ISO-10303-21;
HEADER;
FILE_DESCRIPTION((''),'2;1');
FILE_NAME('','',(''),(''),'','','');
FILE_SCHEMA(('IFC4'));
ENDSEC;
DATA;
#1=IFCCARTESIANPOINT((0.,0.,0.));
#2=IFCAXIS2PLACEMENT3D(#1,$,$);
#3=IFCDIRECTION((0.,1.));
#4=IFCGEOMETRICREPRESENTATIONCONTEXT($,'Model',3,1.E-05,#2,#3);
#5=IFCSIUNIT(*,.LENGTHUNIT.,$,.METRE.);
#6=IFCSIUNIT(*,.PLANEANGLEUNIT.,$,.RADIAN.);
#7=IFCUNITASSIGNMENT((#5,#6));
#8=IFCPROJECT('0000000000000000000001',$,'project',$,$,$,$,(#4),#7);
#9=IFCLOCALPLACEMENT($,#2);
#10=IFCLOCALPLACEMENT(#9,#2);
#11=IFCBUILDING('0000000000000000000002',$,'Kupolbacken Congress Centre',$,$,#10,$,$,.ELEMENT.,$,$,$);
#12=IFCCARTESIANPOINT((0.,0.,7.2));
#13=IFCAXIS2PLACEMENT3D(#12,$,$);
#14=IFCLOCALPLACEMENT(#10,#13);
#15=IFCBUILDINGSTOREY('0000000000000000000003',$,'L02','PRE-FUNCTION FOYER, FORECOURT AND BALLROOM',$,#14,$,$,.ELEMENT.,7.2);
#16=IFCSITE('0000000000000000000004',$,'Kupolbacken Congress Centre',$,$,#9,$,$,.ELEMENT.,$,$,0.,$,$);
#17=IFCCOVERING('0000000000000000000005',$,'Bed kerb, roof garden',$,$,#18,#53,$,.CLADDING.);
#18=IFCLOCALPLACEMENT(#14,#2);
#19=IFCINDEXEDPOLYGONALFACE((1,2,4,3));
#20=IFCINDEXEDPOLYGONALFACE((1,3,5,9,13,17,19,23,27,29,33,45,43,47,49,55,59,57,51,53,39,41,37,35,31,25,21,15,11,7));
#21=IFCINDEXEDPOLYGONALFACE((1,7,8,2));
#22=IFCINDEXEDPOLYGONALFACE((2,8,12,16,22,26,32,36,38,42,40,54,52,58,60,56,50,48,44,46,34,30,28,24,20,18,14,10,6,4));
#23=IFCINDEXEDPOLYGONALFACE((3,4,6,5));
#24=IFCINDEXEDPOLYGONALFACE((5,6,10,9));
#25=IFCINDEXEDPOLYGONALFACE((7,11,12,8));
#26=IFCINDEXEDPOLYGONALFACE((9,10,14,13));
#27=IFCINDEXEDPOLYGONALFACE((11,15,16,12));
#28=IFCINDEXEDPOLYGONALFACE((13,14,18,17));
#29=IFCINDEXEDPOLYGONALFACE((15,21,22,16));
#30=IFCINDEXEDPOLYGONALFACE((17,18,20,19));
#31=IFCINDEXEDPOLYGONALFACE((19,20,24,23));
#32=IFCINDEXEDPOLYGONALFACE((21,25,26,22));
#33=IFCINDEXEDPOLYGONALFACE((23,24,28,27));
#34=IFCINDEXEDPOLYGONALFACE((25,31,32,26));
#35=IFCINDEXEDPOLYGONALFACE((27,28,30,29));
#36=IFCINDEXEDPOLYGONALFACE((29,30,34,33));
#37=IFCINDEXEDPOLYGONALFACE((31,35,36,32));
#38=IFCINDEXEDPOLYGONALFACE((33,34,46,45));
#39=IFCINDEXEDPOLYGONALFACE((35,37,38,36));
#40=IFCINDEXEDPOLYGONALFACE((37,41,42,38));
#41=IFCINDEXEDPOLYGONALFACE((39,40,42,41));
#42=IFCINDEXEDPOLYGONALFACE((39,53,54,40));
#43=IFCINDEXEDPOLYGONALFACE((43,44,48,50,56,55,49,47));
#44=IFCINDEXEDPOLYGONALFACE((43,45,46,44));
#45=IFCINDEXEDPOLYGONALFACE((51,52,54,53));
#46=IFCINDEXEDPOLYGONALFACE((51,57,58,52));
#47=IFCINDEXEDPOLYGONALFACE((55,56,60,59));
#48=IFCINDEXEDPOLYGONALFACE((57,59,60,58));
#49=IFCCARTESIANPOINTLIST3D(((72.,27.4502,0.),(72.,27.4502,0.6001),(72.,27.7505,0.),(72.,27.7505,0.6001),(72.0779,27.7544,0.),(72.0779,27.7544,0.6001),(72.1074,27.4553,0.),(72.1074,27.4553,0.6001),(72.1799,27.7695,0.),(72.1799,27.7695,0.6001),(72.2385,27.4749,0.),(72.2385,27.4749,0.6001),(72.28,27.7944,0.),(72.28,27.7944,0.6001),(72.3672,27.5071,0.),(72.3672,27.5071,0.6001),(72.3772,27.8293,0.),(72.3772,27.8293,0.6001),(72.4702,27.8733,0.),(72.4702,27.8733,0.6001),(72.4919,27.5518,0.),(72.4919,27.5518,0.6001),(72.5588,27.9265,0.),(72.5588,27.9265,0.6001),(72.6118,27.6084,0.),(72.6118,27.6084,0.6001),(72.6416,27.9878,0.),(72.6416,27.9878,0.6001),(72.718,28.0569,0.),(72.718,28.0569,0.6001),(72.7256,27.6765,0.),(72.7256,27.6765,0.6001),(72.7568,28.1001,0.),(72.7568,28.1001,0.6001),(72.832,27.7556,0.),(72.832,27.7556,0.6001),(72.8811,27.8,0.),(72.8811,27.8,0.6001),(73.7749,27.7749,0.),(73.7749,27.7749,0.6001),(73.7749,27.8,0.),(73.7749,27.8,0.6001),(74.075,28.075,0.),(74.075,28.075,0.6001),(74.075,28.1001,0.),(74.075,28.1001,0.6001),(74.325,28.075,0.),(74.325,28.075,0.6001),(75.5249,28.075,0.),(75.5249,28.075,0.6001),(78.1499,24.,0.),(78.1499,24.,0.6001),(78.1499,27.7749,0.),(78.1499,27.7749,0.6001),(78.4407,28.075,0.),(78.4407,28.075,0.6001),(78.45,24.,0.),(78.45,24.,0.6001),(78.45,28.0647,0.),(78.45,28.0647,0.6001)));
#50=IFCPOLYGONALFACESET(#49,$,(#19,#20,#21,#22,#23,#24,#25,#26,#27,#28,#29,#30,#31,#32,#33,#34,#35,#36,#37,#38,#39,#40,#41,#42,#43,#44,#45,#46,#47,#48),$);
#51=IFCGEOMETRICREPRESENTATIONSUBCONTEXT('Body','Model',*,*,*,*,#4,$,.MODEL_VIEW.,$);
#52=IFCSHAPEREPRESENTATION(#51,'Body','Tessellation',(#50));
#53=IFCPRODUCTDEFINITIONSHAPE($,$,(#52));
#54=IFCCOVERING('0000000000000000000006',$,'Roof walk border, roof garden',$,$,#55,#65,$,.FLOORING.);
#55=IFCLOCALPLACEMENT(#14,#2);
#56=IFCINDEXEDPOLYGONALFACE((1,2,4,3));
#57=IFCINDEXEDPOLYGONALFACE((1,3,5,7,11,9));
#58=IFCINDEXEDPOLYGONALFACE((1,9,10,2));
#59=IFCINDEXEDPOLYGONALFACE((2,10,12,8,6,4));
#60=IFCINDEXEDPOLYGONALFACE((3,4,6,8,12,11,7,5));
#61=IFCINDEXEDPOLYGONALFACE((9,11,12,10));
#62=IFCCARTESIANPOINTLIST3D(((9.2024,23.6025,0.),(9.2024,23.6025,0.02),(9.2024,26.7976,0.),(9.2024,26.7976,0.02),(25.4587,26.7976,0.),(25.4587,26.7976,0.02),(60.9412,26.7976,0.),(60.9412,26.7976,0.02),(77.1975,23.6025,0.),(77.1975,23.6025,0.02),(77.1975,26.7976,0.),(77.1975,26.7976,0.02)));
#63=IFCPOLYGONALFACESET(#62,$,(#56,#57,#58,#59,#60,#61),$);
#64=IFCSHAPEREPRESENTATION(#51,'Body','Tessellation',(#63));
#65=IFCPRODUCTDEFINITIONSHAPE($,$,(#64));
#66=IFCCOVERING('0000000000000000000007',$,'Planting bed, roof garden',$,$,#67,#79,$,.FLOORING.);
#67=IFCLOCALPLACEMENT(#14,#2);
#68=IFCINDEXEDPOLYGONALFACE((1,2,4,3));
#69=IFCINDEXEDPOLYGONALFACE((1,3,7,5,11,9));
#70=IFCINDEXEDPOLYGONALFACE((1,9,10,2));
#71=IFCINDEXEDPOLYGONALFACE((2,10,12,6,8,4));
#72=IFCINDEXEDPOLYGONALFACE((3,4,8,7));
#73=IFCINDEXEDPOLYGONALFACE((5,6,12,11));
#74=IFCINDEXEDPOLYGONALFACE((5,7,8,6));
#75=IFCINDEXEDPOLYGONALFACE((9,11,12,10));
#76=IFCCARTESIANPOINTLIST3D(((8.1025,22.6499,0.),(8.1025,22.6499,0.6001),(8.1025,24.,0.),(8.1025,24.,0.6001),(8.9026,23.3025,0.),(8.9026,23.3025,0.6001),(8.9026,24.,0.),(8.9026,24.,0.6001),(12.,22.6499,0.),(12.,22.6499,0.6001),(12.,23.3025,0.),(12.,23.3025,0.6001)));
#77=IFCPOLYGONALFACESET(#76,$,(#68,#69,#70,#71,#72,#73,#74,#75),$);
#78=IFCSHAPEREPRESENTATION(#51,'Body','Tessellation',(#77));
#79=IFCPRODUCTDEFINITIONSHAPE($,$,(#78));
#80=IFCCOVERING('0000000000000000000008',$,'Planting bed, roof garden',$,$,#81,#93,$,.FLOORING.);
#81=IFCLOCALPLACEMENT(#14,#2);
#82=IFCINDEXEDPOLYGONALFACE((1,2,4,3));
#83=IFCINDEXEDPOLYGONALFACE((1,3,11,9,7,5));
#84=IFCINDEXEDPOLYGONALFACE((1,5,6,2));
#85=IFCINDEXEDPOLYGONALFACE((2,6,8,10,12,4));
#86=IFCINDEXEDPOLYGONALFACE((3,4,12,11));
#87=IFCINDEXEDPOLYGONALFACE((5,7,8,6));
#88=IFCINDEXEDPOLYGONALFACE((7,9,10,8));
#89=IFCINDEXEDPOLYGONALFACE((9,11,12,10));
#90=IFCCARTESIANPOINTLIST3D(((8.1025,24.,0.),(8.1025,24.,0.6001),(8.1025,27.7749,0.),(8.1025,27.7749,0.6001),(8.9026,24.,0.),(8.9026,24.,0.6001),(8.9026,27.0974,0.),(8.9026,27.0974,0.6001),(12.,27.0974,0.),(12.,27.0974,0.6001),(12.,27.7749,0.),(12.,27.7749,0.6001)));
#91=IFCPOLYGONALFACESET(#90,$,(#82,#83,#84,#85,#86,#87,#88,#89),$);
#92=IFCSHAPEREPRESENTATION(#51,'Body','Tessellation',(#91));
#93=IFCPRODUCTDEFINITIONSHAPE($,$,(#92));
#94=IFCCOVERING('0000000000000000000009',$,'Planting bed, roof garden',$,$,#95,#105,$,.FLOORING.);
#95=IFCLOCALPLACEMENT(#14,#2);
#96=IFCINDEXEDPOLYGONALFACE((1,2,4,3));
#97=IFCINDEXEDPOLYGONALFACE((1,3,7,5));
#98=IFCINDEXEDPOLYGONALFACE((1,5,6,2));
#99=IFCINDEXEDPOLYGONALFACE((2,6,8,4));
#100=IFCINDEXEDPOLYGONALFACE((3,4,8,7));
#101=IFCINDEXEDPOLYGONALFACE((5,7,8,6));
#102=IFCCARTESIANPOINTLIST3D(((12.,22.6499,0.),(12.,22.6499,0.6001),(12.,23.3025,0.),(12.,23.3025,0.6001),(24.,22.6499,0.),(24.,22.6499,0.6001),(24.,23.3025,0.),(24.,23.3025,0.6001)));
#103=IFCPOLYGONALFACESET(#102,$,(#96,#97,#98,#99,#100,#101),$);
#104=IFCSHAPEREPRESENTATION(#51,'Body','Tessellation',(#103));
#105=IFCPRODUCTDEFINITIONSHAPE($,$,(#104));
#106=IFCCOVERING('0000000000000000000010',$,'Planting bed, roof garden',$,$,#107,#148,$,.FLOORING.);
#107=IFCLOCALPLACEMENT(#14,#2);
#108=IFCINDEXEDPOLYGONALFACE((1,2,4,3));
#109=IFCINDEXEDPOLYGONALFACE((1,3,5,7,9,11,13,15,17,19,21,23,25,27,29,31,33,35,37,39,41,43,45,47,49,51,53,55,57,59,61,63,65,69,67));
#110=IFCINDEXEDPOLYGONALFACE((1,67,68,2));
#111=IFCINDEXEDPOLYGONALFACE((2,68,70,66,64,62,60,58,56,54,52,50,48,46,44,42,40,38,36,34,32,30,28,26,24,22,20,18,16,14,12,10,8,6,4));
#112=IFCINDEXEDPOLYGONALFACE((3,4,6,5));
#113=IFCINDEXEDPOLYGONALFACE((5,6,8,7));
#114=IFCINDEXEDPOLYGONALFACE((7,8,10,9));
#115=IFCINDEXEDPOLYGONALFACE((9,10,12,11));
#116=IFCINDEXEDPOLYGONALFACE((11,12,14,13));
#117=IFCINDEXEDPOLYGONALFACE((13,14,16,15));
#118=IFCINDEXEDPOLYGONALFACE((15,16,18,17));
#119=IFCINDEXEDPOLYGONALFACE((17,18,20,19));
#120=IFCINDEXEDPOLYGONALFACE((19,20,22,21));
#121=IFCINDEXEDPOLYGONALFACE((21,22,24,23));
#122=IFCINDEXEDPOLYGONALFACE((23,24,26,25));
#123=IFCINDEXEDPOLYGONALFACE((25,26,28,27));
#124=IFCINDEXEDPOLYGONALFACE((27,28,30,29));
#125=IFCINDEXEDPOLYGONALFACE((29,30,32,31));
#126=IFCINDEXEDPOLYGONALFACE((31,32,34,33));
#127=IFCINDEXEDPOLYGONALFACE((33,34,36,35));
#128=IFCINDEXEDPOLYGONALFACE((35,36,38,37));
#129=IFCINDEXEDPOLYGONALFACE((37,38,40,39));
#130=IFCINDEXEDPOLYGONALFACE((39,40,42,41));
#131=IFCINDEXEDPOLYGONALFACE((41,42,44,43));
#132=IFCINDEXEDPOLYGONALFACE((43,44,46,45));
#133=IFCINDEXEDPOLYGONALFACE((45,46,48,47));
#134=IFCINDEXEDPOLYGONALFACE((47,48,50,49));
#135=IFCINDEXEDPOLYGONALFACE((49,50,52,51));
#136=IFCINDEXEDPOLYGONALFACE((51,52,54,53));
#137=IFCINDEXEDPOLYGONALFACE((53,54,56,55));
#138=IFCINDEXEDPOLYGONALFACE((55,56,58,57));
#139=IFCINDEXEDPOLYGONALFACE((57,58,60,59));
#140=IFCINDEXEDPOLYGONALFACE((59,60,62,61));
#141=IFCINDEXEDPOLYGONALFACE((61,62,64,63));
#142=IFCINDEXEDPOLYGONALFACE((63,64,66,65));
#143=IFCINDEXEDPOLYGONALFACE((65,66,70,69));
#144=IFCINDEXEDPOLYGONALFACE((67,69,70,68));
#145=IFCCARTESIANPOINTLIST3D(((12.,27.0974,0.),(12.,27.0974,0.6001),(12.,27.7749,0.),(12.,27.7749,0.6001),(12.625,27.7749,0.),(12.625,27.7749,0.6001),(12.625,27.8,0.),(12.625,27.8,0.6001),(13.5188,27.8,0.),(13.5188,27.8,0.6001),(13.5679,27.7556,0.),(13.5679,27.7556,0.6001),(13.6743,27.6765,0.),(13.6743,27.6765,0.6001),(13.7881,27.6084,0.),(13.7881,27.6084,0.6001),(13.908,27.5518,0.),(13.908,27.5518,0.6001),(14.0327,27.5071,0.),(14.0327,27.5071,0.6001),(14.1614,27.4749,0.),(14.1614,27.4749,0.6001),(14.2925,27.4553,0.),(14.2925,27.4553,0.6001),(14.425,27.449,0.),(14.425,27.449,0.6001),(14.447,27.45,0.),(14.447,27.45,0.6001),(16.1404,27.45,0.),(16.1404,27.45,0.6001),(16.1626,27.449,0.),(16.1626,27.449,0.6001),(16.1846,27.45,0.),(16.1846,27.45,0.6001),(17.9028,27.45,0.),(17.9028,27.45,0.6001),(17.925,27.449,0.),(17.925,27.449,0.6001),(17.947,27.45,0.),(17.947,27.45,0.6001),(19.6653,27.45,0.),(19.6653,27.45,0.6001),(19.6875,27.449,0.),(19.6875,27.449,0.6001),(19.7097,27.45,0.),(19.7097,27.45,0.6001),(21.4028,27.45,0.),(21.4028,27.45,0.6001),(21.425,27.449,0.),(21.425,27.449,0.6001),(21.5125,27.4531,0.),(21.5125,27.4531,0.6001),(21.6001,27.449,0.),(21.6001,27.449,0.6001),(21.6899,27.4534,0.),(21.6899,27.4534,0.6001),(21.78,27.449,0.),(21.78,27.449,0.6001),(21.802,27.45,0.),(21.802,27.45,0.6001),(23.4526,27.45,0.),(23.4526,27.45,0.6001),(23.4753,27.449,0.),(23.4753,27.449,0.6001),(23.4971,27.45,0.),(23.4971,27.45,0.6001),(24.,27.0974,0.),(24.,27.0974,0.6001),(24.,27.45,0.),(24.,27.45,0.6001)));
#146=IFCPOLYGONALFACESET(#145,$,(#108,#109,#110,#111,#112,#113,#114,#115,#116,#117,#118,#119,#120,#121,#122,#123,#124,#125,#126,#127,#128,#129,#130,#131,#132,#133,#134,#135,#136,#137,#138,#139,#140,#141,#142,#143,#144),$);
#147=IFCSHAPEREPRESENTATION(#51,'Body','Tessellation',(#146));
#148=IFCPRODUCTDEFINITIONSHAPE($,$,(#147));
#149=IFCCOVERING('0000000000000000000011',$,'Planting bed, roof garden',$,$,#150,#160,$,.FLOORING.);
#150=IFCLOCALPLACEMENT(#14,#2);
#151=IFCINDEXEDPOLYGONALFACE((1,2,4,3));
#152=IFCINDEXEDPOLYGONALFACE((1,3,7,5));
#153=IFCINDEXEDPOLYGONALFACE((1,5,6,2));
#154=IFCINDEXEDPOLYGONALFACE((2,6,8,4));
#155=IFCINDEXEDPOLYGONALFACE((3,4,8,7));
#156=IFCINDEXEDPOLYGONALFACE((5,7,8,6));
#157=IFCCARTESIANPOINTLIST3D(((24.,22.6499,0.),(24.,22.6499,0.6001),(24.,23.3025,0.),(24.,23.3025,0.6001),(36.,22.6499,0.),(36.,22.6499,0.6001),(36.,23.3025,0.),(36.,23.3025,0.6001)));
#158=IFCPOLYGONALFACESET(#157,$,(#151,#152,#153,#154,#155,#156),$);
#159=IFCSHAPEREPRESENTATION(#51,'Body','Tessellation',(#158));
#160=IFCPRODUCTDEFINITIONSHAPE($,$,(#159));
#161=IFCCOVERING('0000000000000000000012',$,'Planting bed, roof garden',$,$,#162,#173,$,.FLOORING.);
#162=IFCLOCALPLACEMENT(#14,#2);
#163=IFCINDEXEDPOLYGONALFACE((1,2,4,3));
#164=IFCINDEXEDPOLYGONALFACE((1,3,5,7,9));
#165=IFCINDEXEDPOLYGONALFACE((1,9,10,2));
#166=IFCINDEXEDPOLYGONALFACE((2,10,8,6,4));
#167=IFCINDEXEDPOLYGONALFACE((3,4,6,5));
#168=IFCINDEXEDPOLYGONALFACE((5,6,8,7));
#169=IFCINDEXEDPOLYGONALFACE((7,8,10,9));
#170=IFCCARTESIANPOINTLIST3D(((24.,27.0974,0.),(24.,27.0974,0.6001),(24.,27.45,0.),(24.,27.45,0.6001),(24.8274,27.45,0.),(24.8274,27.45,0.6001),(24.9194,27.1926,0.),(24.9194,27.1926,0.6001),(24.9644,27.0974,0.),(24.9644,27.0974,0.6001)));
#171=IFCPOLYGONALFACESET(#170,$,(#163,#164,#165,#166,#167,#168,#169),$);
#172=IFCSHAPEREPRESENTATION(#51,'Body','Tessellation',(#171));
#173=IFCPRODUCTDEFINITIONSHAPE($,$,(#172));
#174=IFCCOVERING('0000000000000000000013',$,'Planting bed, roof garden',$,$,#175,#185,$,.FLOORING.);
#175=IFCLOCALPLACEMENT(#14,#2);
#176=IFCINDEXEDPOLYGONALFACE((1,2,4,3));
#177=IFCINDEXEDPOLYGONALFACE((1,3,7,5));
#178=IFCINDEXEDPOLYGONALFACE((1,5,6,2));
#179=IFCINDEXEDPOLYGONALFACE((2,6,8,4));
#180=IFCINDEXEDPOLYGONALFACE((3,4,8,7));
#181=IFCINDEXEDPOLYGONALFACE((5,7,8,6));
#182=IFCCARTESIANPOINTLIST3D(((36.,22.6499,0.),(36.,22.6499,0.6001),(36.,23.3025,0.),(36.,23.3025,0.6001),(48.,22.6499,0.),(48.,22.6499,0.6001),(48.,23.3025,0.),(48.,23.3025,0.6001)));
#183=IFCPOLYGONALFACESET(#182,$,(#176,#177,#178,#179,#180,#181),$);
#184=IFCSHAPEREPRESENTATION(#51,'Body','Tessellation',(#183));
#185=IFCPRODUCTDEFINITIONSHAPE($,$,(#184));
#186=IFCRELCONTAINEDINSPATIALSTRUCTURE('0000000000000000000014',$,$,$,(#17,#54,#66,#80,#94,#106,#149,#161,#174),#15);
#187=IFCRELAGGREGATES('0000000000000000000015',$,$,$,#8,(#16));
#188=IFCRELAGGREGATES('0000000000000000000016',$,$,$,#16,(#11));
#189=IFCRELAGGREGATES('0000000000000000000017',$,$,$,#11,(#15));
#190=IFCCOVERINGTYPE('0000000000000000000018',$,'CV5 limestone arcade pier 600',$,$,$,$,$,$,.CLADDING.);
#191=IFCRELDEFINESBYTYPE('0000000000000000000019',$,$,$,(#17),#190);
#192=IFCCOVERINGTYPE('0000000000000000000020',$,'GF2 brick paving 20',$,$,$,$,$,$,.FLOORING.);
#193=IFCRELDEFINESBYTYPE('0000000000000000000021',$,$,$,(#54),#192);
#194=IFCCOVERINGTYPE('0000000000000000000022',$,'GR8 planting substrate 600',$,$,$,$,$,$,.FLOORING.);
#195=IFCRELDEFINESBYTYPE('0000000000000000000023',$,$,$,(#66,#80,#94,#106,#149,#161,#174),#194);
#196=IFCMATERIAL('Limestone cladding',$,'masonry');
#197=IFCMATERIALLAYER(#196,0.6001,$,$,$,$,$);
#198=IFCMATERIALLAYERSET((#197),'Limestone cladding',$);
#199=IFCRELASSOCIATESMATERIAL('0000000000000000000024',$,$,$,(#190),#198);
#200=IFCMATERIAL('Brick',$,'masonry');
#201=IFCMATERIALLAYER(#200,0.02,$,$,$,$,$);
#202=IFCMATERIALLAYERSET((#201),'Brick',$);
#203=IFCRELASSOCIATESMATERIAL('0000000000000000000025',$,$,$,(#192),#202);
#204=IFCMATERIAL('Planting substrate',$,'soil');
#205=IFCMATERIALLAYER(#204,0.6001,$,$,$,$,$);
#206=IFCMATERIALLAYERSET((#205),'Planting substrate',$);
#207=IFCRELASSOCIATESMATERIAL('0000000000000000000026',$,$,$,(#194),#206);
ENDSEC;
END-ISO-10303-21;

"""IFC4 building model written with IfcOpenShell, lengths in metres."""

from ifc_helpers import new_model, si_unit, direction, frame, origin, place, context, subcontext, project, spatial, polyline, outline, extrude, material, layer, layer_set, type_object, element, save


model = new_model("IFC4")

# Units and contexts
model_context = context("Model", 3, precision=1e-05, world=origin(), true_north=direction((0.0, 1.0)))
body_context = subcontext(model_context, "Body", "Model", "MODEL_VIEW")
ifc_project = project(units=[si_unit("LENGTHUNIT", "METRE"), si_unit("PLANEANGLEUNIT", "RADIAN")], contexts=[model_context])

# Site, building, storey
site_placement = place(None, origin())
site = spatial("IfcSite", under=ifc_project, at=site_placement, Name="Kupolbacken Congress Centre", CompositionType="ELEMENT", RefElevation=0.0)
building_placement = place(site_placement, origin())
building = spatial("IfcBuilding", under=site, at=building_placement, Name="Kupolbacken Congress Centre", CompositionType="ELEMENT")
storey_placement = place(building_placement, frame((0.0, 0.0, 7.2)))
storey = spatial("IfcBuildingStorey", under=building, at=storey_placement, Name="L02", Description="PRE-FUNCTION FOYER, FORECOURT AND BALLROOM", CompositionType="ELEMENT", Elevation=7.2)

# Coverings
ifc_material_1 = material(Name="Limestone cladding", Category="masonry")
ifc_layer_1 = layer(ifc_material_1, 0.6001)
ifc_layer_set_1 = layer_set([ifc_layer_1], Name="Limestone cladding")
covering_type_1 = type_object("IfcCoveringType", Name="CV5 limestone arcade pier 600", PredefinedType="CLADDING", material=ifc_layer_set_1)
covering_1_placement = place(storey_placement, origin())
element("IfcCovering", 1, at=covering_1_placement, inside=storey, type_object=covering_type_1, Name="Bed kerb, roof garden", PredefinedType="CLADDING", context=body_context, shape_type="SweptSolid", body=[
    extrude(outline(polyline([(72.0779, 27.7544), (72.1799, 27.7695), (72.28, 27.7944), (72.3772, 27.8293), (72.4702, 27.8733), (72.5588, 27.9265), (72.6416, 27.9878), (72.718, 28.0569), (72.7568, 28.1001), (74.075, 28.1001), (74.075, 28.075), (74.325, 28.075), (75.5249, 28.075), (78.4407, 28.075), (78.45, 28.0647), (78.45, 24.0), (78.1499, 24.0), (78.1499, 27.7749), (73.7749, 27.7749), (73.7749, 27.8), (72.8811, 27.8), (72.832, 27.7556), (72.7256, 27.6765), (72.6118, 27.6084), (72.4919, 27.5518), (72.3672, 27.5071), (72.2385, 27.4749), (72.1074, 27.4553), (72.0, 27.4502), (72.0, 27.7505), (72.0779, 27.7544)])), origin(), (0.0, 0.0, 1.0), 0.6001),
])
ifc_material_2 = material(Name="Brick", Category="masonry")
ifc_layer_2 = layer(ifc_material_2, 0.02)
ifc_layer_set_2 = layer_set([ifc_layer_2], Name="Brick")
covering_type_2 = type_object("IfcCoveringType", Name="GF2 brick paving 20", PredefinedType="FLOORING", material=ifc_layer_set_2)
covering_2_placement = place(storey_placement, origin())
element("IfcCovering", 2, at=covering_2_placement, inside=storey, type_object=covering_type_2, Name="Roof walk border, roof garden", PredefinedType="FLOORING", context=body_context, shape_type="SweptSolid", body=[
    extrude(outline(polyline([(9.2024, 26.7976), (25.4587, 26.7976), (60.9412, 26.7976), (77.1975, 26.7976), (77.1975, 23.6025), (9.2024, 23.6025), (9.2024, 26.7976)])), origin(), (0.0, 0.0, 1.0), 0.02),
])
ifc_material_3 = material(Name="Planting substrate", Category="soil")
ifc_layer_3 = layer(ifc_material_3, 0.6001)
ifc_layer_set_3 = layer_set([ifc_layer_3], Name="Planting substrate")
covering_type_3 = type_object("IfcCoveringType", Name="GR8 planting substrate 600", PredefinedType="FLOORING", material=ifc_layer_set_3)
covering_3_placement = place(storey_placement, origin())
element("IfcCovering", 3, at=covering_3_placement, inside=storey, type_object=covering_type_3, Name="Planting bed, roof garden", PredefinedType="FLOORING", context=body_context, shape_type="SweptSolid", body=[
    extrude(outline(polyline([(8.9026, 23.3025), (12.0, 23.3025), (12.0, 22.6499), (8.1025, 22.6499), (8.1025, 24.0), (8.9026, 24.0), (8.9026, 23.3025)])), origin(), (0.0, 0.0, 1.0), 0.6001),
])
covering_4_placement = place(storey_placement, origin())
element("IfcCovering", 4, at=covering_4_placement, inside=storey, type_object=covering_type_3, Name="Planting bed, roof garden", PredefinedType="FLOORING", context=body_context, shape_type="SweptSolid", body=[
    extrude(outline(polyline([(12.0, 27.7749), (12.0, 27.0974), (8.9026, 27.0974), (8.9026, 24.0), (8.1025, 24.0), (8.1025, 27.7749), (12.0, 27.7749)])), origin(), (0.0, 0.0, 1.0), 0.6001),
])
covering_5_placement = place(storey_placement, origin())
element("IfcCovering", 5, at=covering_5_placement, inside=storey, type_object=covering_type_3, Name="Planting bed, roof garden", PredefinedType="FLOORING", context=body_context, shape_type="SweptSolid", body=[
    extrude(outline(polyline([(24.0, 23.3025), (24.0, 22.6499), (12.0, 22.6499), (12.0, 23.3025), (24.0, 23.3025)])), origin(), (0.0, 0.0, 1.0), 0.6001),
])
covering_6_placement = place(storey_placement, origin())
element("IfcCovering", 6, at=covering_6_placement, inside=storey, type_object=covering_type_3, Name="Planting bed, roof garden", PredefinedType="FLOORING", context=body_context, shape_type="SweptSolid", body=[
    extrude(outline(polyline([(12.625, 27.7749), (12.625, 27.8), (13.5188, 27.8), (13.5679, 27.7556), (13.6743, 27.6765), (13.7881, 27.6084), (13.908, 27.5518), (14.0327, 27.5071), (14.1614, 27.4749), (14.2925, 27.4553), (14.425, 27.449), (14.447, 27.45), (16.1404, 27.45), (16.1626, 27.449), (16.1846, 27.45), (17.9028, 27.45), (17.925, 27.449), (17.947, 27.45), (19.6653, 27.45), (19.6875, 27.449), (19.7097, 27.45), (21.4028, 27.45), (21.425, 27.449), (21.5125, 27.4531), (21.6001, 27.449), (21.6899, 27.4534), (21.78, 27.449), (21.802, 27.45), (23.4526, 27.45), (23.4753, 27.449), (23.4971, 27.45), (24.0, 27.45), (24.0, 27.0974), (12.0, 27.0974), (12.0, 27.7749), (12.625, 27.7749)])), origin(), (0.0, 0.0, 1.0), 0.6001),
])
covering_7_placement = place(storey_placement, origin())
element("IfcCovering", 7, at=covering_7_placement, inside=storey, type_object=covering_type_3, Name="Planting bed, roof garden", PredefinedType="FLOORING", context=body_context, shape_type="SweptSolid", body=[
    extrude(outline(polyline([(36.0, 23.3025), (36.0, 22.6499), (24.0, 22.6499), (24.0, 23.3025), (36.0, 23.3025)])), origin(), (0.0, 0.0, 1.0), 0.6001),
])
covering_8_placement = place(storey_placement, origin())
element("IfcCovering", 8, at=covering_8_placement, inside=storey, type_object=covering_type_3, Name="Planting bed, roof garden", PredefinedType="FLOORING", context=body_context, shape_type="SweptSolid", body=[
    extrude(outline(polyline([(24.8274, 27.45), (24.9194, 27.1926), (24.9644, 27.0974), (24.0, 27.0974), (24.0, 27.45), (24.8274, 27.45)])), origin(), (0.0, 0.0, 1.0), 0.6001),
])
covering_9_placement = place(storey_placement, origin())
element("IfcCovering", 9, at=covering_9_placement, inside=storey, type_object=covering_type_3, Name="Planting bed, roof garden", PredefinedType="FLOORING", context=body_context, shape_type="SweptSolid", body=[
    extrude(outline(polyline([(48.0, 23.3025), (48.0, 22.6499), (36.0, 22.6499), (36.0, 23.3025), (48.0, 23.3025)])), origin(), (0.0, 0.0, 1.0), 0.6001),
])

save(model, "model.ifc")
